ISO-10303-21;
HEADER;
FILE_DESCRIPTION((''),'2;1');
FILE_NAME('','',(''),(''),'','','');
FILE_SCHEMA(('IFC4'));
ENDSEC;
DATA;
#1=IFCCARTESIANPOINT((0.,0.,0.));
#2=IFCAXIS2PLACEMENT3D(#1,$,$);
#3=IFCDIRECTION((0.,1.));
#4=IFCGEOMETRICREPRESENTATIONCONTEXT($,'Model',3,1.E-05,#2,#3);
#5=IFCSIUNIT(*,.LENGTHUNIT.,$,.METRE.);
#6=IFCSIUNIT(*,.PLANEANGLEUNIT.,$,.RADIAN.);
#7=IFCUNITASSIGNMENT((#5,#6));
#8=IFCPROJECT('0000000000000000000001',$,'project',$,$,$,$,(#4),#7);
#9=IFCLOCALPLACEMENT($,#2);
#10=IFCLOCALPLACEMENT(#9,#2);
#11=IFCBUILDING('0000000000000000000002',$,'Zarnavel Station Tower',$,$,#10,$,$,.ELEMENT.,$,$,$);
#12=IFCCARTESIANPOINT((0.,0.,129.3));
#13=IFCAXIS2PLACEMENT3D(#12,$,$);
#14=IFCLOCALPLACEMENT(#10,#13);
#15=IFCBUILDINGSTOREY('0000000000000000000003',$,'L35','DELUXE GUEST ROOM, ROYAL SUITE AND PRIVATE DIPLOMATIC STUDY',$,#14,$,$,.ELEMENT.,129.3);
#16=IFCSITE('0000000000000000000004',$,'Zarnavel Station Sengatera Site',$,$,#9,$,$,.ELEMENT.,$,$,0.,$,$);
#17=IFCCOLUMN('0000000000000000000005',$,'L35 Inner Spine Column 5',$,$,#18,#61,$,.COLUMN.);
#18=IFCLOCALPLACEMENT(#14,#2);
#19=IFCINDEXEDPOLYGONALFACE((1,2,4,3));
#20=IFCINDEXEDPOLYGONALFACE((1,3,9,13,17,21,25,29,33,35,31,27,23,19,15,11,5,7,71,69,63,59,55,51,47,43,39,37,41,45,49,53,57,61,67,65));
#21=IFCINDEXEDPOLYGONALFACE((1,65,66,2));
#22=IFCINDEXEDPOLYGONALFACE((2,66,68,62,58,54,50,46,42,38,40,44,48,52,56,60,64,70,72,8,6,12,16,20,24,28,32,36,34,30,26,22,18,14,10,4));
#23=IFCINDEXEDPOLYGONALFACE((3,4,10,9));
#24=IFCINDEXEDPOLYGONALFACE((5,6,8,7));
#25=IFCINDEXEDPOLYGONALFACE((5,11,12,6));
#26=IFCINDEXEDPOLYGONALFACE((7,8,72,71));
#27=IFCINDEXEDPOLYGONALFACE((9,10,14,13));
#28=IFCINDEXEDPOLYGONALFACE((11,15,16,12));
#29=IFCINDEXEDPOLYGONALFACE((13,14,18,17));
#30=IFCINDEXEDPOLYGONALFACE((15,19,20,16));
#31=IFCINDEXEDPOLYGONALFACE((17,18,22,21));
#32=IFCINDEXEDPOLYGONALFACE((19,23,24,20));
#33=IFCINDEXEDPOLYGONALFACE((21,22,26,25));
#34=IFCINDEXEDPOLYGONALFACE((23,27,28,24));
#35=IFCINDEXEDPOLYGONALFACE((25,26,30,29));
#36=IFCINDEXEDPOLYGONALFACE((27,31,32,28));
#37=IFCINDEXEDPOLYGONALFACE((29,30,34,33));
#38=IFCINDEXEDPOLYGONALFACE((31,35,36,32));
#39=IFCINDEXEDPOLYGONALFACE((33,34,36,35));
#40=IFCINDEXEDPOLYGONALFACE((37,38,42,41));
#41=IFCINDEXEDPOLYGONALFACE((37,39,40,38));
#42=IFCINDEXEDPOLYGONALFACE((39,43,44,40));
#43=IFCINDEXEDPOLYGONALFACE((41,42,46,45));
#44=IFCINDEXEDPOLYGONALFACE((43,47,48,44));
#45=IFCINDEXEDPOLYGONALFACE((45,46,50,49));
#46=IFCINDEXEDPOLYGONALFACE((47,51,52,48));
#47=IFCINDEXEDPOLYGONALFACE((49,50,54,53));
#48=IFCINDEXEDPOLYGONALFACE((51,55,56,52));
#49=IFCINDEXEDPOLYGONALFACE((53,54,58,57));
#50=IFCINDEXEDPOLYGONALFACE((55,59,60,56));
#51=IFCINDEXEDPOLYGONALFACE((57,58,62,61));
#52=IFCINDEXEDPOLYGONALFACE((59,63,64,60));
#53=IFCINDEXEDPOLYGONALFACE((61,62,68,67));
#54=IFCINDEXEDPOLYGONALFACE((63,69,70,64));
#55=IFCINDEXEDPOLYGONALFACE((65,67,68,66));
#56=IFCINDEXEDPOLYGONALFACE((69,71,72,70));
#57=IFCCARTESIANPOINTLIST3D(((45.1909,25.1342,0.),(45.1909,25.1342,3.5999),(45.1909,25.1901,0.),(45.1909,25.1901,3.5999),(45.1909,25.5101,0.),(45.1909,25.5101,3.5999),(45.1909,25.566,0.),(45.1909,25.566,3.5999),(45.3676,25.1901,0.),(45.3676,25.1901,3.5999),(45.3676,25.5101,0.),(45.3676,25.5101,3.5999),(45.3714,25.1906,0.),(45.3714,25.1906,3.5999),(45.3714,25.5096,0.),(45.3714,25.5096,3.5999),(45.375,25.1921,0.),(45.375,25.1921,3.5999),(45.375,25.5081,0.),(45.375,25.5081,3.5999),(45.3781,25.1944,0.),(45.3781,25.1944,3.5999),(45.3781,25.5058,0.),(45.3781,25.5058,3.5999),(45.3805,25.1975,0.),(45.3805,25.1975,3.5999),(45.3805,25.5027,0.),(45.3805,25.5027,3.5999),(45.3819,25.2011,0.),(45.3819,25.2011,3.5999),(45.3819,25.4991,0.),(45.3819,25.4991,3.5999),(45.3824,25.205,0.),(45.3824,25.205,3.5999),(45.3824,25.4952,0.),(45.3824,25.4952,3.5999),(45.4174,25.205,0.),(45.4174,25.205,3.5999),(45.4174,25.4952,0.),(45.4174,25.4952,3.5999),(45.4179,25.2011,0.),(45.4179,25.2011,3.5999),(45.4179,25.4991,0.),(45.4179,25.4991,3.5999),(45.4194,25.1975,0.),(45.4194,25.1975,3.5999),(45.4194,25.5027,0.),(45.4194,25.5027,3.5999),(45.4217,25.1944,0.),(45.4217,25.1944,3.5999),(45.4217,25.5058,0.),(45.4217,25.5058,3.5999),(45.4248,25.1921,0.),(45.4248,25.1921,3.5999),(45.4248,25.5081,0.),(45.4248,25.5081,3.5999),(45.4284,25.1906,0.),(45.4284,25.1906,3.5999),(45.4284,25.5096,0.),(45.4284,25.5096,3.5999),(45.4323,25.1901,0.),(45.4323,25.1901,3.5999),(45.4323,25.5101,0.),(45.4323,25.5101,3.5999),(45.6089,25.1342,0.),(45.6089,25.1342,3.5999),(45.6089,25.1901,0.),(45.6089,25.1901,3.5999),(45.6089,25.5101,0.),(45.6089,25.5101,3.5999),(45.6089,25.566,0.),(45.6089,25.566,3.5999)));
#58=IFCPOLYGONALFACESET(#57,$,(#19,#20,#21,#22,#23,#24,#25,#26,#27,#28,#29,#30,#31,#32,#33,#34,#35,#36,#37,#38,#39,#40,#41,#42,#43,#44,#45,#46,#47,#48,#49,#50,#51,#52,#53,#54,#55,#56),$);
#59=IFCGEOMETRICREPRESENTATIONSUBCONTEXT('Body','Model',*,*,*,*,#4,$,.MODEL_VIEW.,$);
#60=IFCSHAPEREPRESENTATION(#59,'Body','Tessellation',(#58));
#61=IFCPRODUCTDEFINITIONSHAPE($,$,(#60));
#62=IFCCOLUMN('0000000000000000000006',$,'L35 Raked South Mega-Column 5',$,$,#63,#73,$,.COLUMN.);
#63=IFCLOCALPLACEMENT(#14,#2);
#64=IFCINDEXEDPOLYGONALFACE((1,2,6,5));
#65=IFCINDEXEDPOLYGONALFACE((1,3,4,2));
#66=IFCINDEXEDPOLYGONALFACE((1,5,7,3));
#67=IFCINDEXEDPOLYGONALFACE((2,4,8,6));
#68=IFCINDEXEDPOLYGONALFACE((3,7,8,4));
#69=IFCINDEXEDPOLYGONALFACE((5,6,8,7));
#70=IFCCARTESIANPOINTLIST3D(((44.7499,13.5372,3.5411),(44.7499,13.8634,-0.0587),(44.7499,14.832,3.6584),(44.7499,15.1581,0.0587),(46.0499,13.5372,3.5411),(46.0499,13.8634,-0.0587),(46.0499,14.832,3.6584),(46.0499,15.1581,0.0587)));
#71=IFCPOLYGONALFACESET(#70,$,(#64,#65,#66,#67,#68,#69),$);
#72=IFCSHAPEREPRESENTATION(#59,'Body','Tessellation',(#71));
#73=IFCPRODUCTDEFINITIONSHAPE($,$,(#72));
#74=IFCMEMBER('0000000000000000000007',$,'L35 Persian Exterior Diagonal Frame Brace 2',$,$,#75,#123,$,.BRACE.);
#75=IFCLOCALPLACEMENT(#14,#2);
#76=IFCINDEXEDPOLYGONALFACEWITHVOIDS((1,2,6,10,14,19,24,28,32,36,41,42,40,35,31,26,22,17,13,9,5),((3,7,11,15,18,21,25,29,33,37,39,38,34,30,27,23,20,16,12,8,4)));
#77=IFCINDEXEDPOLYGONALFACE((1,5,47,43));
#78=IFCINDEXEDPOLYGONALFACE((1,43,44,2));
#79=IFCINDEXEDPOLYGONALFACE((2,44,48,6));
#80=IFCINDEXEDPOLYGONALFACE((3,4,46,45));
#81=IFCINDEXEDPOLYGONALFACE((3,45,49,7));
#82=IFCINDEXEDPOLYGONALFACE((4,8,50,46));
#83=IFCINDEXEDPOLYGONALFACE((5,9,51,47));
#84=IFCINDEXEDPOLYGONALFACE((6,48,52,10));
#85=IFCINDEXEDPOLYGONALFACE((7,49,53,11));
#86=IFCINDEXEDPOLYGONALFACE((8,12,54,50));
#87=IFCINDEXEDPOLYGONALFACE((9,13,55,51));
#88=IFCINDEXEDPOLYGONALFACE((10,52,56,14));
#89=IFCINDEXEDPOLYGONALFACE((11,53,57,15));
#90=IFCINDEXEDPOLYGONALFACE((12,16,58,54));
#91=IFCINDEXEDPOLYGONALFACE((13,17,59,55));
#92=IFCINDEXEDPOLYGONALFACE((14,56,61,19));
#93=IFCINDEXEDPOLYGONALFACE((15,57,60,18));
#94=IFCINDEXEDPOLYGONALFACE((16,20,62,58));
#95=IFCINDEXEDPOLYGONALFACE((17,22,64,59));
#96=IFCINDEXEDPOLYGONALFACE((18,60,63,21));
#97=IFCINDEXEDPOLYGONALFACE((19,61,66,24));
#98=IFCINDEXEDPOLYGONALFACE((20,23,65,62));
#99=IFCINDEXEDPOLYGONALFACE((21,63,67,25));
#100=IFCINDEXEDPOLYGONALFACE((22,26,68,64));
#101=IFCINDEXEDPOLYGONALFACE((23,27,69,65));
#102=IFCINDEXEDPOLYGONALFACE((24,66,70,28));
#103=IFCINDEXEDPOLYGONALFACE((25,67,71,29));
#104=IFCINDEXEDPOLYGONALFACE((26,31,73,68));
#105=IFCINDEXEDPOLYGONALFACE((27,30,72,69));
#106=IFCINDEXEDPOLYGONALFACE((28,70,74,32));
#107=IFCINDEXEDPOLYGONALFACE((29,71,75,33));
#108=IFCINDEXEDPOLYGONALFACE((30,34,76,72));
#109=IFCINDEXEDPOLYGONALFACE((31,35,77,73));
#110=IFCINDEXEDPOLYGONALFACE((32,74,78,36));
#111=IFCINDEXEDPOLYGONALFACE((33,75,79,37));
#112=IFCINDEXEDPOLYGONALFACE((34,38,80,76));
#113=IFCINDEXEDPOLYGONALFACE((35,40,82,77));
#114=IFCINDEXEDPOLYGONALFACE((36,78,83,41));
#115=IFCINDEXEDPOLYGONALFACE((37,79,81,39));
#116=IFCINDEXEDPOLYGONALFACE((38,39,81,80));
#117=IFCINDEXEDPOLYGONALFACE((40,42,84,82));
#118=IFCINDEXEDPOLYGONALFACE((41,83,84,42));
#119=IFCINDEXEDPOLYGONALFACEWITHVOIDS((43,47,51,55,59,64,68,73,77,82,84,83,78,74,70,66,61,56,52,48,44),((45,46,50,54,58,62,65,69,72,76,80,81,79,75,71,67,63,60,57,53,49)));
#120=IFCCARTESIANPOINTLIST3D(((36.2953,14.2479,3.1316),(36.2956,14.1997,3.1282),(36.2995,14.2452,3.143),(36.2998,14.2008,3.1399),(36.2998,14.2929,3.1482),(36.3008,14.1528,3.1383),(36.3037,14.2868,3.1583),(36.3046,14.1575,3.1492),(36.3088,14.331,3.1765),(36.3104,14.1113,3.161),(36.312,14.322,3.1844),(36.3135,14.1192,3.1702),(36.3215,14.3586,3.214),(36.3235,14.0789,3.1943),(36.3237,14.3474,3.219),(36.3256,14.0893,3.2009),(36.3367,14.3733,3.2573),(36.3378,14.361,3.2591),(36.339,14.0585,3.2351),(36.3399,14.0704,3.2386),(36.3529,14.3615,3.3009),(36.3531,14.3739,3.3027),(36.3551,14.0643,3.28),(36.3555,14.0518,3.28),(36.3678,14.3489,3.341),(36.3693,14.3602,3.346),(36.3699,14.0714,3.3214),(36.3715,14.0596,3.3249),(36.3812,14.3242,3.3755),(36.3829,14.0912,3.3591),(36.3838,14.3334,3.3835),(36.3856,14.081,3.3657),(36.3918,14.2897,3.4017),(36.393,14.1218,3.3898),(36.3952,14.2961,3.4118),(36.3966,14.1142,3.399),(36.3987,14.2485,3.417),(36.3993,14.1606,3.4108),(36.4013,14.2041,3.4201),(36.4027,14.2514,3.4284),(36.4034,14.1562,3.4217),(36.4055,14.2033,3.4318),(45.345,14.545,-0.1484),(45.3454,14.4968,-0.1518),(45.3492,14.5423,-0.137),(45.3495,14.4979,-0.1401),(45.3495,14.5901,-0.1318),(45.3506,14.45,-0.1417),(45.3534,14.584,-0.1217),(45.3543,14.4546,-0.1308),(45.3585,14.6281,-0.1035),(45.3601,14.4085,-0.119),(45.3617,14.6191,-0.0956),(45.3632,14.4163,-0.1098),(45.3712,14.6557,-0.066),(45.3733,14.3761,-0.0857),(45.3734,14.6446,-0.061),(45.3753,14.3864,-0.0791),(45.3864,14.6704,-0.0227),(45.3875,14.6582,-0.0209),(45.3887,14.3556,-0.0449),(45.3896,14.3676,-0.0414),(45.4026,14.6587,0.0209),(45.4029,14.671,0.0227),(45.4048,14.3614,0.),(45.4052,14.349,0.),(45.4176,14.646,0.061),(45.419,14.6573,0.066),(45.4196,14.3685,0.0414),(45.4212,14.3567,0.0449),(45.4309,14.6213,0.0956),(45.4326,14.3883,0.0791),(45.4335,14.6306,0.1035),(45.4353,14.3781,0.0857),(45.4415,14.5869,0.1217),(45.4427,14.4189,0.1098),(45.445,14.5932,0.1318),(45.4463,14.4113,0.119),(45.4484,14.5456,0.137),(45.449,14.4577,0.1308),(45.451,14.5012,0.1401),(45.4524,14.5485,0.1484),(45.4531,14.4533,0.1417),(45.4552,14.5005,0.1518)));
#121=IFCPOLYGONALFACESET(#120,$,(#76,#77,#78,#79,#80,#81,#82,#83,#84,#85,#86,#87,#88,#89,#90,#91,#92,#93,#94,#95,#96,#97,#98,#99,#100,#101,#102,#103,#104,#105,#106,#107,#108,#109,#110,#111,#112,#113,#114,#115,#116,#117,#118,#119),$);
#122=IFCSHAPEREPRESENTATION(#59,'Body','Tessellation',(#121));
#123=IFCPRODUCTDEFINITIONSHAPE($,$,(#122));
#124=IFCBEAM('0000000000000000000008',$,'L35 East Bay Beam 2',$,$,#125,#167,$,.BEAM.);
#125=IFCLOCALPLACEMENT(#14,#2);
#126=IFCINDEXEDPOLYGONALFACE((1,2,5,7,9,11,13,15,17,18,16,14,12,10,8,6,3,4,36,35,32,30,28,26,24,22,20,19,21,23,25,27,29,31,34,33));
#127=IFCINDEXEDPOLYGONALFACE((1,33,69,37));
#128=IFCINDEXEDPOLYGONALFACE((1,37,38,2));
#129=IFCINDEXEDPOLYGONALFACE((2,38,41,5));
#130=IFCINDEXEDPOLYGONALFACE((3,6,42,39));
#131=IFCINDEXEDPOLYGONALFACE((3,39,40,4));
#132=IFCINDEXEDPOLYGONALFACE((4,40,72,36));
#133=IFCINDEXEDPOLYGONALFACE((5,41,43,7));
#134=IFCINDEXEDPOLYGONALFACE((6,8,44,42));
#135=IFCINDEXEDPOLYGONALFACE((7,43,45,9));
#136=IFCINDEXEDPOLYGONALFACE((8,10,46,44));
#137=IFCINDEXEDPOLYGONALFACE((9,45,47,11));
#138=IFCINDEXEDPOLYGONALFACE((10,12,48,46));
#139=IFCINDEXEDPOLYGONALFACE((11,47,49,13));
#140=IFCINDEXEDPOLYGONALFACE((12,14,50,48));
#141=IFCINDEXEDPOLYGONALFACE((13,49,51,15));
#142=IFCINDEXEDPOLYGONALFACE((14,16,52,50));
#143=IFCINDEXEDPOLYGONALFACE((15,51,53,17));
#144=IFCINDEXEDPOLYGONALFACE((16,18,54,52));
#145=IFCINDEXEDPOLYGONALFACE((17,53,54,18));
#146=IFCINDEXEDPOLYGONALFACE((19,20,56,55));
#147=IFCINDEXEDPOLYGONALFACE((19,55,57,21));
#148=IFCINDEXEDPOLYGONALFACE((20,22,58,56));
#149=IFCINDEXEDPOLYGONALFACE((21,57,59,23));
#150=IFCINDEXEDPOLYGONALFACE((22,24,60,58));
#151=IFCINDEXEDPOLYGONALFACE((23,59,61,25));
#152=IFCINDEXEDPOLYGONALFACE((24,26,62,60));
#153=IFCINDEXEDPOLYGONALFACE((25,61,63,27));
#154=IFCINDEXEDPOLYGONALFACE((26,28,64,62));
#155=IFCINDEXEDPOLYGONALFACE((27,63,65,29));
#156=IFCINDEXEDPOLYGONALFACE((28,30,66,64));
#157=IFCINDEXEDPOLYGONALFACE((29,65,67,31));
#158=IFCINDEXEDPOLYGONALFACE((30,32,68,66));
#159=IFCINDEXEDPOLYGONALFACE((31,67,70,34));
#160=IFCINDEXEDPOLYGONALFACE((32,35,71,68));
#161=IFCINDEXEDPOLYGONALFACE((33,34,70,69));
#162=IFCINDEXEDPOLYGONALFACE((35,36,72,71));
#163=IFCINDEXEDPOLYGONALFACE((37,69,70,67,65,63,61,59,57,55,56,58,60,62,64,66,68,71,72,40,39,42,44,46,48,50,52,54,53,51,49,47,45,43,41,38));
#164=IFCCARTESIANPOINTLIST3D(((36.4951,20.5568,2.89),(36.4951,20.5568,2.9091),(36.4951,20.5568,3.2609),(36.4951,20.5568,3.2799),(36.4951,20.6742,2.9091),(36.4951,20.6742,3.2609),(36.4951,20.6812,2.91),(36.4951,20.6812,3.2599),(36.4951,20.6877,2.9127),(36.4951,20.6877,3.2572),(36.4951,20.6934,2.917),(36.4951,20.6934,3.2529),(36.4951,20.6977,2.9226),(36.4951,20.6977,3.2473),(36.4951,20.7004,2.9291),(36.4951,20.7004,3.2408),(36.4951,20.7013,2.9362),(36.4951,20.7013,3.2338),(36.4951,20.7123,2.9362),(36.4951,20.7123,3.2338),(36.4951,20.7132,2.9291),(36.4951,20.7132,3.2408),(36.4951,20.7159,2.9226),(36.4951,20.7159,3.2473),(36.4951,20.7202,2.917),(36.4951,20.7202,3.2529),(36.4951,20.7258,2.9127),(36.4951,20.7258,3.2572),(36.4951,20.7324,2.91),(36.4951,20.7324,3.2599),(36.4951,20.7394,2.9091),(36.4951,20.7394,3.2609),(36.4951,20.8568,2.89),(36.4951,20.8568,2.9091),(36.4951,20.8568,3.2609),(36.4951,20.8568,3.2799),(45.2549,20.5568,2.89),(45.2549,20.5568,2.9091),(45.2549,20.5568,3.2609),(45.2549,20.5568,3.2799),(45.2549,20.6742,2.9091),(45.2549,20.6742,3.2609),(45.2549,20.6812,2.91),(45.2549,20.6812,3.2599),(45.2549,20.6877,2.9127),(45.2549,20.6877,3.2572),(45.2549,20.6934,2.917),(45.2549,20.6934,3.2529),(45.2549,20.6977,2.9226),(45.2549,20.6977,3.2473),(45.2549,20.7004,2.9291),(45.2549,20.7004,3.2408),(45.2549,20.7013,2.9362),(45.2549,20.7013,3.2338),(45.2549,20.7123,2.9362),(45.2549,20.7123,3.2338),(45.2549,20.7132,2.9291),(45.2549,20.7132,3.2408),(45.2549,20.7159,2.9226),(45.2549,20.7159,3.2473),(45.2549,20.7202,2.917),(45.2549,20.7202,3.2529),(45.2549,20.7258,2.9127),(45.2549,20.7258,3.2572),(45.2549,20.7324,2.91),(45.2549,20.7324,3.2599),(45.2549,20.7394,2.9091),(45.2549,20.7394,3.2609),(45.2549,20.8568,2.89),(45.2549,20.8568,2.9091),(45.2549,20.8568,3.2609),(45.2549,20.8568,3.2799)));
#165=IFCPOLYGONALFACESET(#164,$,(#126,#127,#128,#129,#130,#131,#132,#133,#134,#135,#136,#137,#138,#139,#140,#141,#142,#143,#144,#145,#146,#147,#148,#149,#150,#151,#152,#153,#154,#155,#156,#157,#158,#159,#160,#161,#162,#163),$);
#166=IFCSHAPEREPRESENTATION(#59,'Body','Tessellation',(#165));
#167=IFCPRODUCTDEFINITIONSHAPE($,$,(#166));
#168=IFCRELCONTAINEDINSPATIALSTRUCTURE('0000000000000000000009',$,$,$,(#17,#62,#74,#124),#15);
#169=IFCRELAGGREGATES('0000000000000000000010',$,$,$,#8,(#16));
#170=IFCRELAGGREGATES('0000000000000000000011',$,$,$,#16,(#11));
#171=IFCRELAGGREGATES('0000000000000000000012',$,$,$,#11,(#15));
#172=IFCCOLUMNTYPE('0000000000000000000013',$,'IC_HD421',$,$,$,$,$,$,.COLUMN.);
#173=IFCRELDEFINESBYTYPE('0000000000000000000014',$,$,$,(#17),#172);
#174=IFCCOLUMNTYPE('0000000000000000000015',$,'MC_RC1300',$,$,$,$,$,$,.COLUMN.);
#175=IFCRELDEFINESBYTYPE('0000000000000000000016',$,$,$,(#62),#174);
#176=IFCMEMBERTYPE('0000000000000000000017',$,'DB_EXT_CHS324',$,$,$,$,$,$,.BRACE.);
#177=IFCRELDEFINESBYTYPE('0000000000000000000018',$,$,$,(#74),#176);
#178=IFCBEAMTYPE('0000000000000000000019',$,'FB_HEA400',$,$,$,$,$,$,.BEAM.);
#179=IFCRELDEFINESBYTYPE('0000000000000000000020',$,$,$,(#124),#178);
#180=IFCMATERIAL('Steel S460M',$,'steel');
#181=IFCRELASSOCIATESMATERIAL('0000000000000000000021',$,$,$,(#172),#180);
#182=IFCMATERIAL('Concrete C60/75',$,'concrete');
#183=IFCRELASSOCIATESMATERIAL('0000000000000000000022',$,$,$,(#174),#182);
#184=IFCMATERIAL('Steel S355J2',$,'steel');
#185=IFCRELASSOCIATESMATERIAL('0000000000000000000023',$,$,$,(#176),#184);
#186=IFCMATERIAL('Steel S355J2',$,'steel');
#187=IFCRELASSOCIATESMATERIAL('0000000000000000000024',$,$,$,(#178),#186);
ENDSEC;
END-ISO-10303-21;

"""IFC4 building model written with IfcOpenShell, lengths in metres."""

from ifc_helpers import new_model, si_unit, direction, frame, origin, origin_2d, place, context, subcontext, project, spatial, rectangle, hollow_circle, i_section, extrude, material, material_profile, profile_set, type_object, element, save


model = new_model("IFC4")

# Units and contexts
model_context = context("Model", 3, precision=1e-05, world=origin(), true_north=direction((0.0, 1.0)))
body_context = subcontext(model_context, "Body", "Model", "MODEL_VIEW")
ifc_project = project(units=[si_unit("LENGTHUNIT", "METRE"), si_unit("PLANEANGLEUNIT", "RADIAN")], contexts=[model_context])

# Site, building, storey
site_placement = place(None, origin())
site = spatial("IfcSite", under=ifc_project, at=site_placement, Name="Zarnavel Station Sengatera Site", CompositionType="ELEMENT", RefElevation=0.0)
building_placement = place(site_placement, origin())
building = spatial("IfcBuilding", under=site, at=building_placement, Name="Zarnavel Station Tower", CompositionType="ELEMENT")
storey_placement = place(building_placement, frame((0.0, 0.0, 129.3)))
storey = spatial("IfcBuildingStorey", under=building, at=storey_placement, Name="L35", Description="DELUXE GUEST ROOM, ROYAL SUITE AND PRIVATE DIPLOMATIC STUDY", CompositionType="ELEMENT", Elevation=129.3)

# Columns
ifc_material_1 = material(Name="Steel S460M", Category="steel")
ifc_material_profile_1 = material_profile(ifc_material_1, i_section(OverallWidth=0.418, OverallDepth=0.4319, WebThickness=0.0349, FlangeThickness=0.0559, FilletRadius=0.0149, at=origin_2d()), Name="HD400x421")
ifc_profile_set_1 = profile_set([ifc_material_profile_1], Name="Steel S460M")
column_type_1 = type_object("IfcColumnType", Name="IC_HD421", PredefinedType="COLUMN", material=ifc_profile_set_1)
column_1_placement = place(storey_placement, frame((45.3999, 25.3501, 0.0), z_axis=(0.0, 0.0, 1.0), x_axis=(1.0, 0.0, 0.0)))
element("IfcColumn", 1, at=column_1_placement, inside=storey, type_object=column_type_1, Name="L35 Inner Spine Column 5", PredefinedType="COLUMN", context=body_context, shape_type="SweptSolid", body=[
    extrude(i_section(OverallWidth=0.418, OverallDepth=0.4319, WebThickness=0.0349, FlangeThickness=0.0559, FilletRadius=0.0149, at=origin_2d()), origin(), (0.0, 0.0, 1.0), 3.5999),
])
ifc_material_2 = material(Name="Concrete C60/75", Category="concrete")
ifc_material_profile_2 = material_profile(ifc_material_2, rectangle(XDim=1.3, YDim=1.3, at=origin_2d()), Name="RC1300x1300")
ifc_profile_set_2 = profile_set([ifc_material_profile_2], Name="Concrete C60/75")
column_type_2 = type_object("IfcColumnType", Name="MC_RC1300", PredefinedType="COLUMN", material=ifc_profile_set_2)
column_2_placement = place(storey_placement, frame((45.3999, 14.5107, 0.0), z_axis=(0.0, -0.090237, 0.99592), x_axis=(1.0, 0.0, 0.0)))
element("IfcColumn", 2, at=column_2_placement, inside=storey, type_object=column_type_2, Name="L35 Raked South Mega-Column 5", PredefinedType="COLUMN", context=body_context, shape_type="SweptSolid", body=[
    extrude(rectangle(XDim=1.3, YDim=1.3, at=origin_2d()), origin(), (0.0, 0.0, 1.0), 3.6145),
])

# Member
ifc_material_3 = material(Name="Steel S355J2", Category="steel")
ifc_material_profile_3 = material_profile(ifc_material_3, hollow_circle(Radius=0.1619, WallThickness=0.0125, at=origin_2d()), Name="CHS323.9x12.5")
ifc_profile_set_3 = profile_set([ifc_material_profile_3], Name="Steel S355J2")
member_type = type_object("IfcMemberType", Name="DB_EXT_CHS324", PredefinedType="BRACE", material=ifc_profile_set_3)
member_placement = place(storey_placement, frame((45.3999, 14.5107, 0.0), z_axis=(-0.939706, -0.030852, 0.340589), x_axis=(0.032814, -0.999461, 0.0)))
element("IfcMember", 3, at=member_placement, inside=storey, type_object=member_type, Name="L35 Persian Exterior Diagonal Frame Brace 2", PredefinedType="BRACE", context=body_context, shape_type="SweptSolid", body=[
    extrude(hollow_circle(Radius=0.1619, WallThickness=0.0125, at=origin_2d()), origin(), (0.0, 0.0, 1.0), 9.6304),
])

# Beam
ifc_material_4 = material(Name="Steel S355J2", Category="steel")
ifc_material_profile_4 = material_profile(ifc_material_4, i_section(OverallWidth=0.3, OverallDepth=0.3899, WebThickness=0.011, FlangeThickness=0.019, FilletRadius=0.0271, at=origin_2d()), Name="HEA400")
ifc_profile_set_4 = profile_set([ifc_material_profile_4], Name="Steel S355J2")
beam_type_1 = type_object("IfcBeamType", Name="FB_HEA400", PredefinedType="BEAM", material=ifc_profile_set_4)
beam_1_placement = place(storey_placement, frame((36.4951, 20.7068, 3.085), z_axis=(1.0, 0.0, 0.0), x_axis=(0.0, 1.0, 0.0)))
element("IfcBeam", 4, at=beam_1_placement, inside=storey, type_object=beam_type_1, Name="L35 East Bay Beam 2", PredefinedType="BEAM", context=body_context, shape_type="SweptSolid", body=[
    extrude(i_section(OverallWidth=0.3, OverallDepth=0.3899, WebThickness=0.011, FlangeThickness=0.019, FilletRadius=0.0271, at=origin_2d()), origin(), (0.0, 0.0, 1.0), 8.7598),
])

save(model, "model.ifc")
